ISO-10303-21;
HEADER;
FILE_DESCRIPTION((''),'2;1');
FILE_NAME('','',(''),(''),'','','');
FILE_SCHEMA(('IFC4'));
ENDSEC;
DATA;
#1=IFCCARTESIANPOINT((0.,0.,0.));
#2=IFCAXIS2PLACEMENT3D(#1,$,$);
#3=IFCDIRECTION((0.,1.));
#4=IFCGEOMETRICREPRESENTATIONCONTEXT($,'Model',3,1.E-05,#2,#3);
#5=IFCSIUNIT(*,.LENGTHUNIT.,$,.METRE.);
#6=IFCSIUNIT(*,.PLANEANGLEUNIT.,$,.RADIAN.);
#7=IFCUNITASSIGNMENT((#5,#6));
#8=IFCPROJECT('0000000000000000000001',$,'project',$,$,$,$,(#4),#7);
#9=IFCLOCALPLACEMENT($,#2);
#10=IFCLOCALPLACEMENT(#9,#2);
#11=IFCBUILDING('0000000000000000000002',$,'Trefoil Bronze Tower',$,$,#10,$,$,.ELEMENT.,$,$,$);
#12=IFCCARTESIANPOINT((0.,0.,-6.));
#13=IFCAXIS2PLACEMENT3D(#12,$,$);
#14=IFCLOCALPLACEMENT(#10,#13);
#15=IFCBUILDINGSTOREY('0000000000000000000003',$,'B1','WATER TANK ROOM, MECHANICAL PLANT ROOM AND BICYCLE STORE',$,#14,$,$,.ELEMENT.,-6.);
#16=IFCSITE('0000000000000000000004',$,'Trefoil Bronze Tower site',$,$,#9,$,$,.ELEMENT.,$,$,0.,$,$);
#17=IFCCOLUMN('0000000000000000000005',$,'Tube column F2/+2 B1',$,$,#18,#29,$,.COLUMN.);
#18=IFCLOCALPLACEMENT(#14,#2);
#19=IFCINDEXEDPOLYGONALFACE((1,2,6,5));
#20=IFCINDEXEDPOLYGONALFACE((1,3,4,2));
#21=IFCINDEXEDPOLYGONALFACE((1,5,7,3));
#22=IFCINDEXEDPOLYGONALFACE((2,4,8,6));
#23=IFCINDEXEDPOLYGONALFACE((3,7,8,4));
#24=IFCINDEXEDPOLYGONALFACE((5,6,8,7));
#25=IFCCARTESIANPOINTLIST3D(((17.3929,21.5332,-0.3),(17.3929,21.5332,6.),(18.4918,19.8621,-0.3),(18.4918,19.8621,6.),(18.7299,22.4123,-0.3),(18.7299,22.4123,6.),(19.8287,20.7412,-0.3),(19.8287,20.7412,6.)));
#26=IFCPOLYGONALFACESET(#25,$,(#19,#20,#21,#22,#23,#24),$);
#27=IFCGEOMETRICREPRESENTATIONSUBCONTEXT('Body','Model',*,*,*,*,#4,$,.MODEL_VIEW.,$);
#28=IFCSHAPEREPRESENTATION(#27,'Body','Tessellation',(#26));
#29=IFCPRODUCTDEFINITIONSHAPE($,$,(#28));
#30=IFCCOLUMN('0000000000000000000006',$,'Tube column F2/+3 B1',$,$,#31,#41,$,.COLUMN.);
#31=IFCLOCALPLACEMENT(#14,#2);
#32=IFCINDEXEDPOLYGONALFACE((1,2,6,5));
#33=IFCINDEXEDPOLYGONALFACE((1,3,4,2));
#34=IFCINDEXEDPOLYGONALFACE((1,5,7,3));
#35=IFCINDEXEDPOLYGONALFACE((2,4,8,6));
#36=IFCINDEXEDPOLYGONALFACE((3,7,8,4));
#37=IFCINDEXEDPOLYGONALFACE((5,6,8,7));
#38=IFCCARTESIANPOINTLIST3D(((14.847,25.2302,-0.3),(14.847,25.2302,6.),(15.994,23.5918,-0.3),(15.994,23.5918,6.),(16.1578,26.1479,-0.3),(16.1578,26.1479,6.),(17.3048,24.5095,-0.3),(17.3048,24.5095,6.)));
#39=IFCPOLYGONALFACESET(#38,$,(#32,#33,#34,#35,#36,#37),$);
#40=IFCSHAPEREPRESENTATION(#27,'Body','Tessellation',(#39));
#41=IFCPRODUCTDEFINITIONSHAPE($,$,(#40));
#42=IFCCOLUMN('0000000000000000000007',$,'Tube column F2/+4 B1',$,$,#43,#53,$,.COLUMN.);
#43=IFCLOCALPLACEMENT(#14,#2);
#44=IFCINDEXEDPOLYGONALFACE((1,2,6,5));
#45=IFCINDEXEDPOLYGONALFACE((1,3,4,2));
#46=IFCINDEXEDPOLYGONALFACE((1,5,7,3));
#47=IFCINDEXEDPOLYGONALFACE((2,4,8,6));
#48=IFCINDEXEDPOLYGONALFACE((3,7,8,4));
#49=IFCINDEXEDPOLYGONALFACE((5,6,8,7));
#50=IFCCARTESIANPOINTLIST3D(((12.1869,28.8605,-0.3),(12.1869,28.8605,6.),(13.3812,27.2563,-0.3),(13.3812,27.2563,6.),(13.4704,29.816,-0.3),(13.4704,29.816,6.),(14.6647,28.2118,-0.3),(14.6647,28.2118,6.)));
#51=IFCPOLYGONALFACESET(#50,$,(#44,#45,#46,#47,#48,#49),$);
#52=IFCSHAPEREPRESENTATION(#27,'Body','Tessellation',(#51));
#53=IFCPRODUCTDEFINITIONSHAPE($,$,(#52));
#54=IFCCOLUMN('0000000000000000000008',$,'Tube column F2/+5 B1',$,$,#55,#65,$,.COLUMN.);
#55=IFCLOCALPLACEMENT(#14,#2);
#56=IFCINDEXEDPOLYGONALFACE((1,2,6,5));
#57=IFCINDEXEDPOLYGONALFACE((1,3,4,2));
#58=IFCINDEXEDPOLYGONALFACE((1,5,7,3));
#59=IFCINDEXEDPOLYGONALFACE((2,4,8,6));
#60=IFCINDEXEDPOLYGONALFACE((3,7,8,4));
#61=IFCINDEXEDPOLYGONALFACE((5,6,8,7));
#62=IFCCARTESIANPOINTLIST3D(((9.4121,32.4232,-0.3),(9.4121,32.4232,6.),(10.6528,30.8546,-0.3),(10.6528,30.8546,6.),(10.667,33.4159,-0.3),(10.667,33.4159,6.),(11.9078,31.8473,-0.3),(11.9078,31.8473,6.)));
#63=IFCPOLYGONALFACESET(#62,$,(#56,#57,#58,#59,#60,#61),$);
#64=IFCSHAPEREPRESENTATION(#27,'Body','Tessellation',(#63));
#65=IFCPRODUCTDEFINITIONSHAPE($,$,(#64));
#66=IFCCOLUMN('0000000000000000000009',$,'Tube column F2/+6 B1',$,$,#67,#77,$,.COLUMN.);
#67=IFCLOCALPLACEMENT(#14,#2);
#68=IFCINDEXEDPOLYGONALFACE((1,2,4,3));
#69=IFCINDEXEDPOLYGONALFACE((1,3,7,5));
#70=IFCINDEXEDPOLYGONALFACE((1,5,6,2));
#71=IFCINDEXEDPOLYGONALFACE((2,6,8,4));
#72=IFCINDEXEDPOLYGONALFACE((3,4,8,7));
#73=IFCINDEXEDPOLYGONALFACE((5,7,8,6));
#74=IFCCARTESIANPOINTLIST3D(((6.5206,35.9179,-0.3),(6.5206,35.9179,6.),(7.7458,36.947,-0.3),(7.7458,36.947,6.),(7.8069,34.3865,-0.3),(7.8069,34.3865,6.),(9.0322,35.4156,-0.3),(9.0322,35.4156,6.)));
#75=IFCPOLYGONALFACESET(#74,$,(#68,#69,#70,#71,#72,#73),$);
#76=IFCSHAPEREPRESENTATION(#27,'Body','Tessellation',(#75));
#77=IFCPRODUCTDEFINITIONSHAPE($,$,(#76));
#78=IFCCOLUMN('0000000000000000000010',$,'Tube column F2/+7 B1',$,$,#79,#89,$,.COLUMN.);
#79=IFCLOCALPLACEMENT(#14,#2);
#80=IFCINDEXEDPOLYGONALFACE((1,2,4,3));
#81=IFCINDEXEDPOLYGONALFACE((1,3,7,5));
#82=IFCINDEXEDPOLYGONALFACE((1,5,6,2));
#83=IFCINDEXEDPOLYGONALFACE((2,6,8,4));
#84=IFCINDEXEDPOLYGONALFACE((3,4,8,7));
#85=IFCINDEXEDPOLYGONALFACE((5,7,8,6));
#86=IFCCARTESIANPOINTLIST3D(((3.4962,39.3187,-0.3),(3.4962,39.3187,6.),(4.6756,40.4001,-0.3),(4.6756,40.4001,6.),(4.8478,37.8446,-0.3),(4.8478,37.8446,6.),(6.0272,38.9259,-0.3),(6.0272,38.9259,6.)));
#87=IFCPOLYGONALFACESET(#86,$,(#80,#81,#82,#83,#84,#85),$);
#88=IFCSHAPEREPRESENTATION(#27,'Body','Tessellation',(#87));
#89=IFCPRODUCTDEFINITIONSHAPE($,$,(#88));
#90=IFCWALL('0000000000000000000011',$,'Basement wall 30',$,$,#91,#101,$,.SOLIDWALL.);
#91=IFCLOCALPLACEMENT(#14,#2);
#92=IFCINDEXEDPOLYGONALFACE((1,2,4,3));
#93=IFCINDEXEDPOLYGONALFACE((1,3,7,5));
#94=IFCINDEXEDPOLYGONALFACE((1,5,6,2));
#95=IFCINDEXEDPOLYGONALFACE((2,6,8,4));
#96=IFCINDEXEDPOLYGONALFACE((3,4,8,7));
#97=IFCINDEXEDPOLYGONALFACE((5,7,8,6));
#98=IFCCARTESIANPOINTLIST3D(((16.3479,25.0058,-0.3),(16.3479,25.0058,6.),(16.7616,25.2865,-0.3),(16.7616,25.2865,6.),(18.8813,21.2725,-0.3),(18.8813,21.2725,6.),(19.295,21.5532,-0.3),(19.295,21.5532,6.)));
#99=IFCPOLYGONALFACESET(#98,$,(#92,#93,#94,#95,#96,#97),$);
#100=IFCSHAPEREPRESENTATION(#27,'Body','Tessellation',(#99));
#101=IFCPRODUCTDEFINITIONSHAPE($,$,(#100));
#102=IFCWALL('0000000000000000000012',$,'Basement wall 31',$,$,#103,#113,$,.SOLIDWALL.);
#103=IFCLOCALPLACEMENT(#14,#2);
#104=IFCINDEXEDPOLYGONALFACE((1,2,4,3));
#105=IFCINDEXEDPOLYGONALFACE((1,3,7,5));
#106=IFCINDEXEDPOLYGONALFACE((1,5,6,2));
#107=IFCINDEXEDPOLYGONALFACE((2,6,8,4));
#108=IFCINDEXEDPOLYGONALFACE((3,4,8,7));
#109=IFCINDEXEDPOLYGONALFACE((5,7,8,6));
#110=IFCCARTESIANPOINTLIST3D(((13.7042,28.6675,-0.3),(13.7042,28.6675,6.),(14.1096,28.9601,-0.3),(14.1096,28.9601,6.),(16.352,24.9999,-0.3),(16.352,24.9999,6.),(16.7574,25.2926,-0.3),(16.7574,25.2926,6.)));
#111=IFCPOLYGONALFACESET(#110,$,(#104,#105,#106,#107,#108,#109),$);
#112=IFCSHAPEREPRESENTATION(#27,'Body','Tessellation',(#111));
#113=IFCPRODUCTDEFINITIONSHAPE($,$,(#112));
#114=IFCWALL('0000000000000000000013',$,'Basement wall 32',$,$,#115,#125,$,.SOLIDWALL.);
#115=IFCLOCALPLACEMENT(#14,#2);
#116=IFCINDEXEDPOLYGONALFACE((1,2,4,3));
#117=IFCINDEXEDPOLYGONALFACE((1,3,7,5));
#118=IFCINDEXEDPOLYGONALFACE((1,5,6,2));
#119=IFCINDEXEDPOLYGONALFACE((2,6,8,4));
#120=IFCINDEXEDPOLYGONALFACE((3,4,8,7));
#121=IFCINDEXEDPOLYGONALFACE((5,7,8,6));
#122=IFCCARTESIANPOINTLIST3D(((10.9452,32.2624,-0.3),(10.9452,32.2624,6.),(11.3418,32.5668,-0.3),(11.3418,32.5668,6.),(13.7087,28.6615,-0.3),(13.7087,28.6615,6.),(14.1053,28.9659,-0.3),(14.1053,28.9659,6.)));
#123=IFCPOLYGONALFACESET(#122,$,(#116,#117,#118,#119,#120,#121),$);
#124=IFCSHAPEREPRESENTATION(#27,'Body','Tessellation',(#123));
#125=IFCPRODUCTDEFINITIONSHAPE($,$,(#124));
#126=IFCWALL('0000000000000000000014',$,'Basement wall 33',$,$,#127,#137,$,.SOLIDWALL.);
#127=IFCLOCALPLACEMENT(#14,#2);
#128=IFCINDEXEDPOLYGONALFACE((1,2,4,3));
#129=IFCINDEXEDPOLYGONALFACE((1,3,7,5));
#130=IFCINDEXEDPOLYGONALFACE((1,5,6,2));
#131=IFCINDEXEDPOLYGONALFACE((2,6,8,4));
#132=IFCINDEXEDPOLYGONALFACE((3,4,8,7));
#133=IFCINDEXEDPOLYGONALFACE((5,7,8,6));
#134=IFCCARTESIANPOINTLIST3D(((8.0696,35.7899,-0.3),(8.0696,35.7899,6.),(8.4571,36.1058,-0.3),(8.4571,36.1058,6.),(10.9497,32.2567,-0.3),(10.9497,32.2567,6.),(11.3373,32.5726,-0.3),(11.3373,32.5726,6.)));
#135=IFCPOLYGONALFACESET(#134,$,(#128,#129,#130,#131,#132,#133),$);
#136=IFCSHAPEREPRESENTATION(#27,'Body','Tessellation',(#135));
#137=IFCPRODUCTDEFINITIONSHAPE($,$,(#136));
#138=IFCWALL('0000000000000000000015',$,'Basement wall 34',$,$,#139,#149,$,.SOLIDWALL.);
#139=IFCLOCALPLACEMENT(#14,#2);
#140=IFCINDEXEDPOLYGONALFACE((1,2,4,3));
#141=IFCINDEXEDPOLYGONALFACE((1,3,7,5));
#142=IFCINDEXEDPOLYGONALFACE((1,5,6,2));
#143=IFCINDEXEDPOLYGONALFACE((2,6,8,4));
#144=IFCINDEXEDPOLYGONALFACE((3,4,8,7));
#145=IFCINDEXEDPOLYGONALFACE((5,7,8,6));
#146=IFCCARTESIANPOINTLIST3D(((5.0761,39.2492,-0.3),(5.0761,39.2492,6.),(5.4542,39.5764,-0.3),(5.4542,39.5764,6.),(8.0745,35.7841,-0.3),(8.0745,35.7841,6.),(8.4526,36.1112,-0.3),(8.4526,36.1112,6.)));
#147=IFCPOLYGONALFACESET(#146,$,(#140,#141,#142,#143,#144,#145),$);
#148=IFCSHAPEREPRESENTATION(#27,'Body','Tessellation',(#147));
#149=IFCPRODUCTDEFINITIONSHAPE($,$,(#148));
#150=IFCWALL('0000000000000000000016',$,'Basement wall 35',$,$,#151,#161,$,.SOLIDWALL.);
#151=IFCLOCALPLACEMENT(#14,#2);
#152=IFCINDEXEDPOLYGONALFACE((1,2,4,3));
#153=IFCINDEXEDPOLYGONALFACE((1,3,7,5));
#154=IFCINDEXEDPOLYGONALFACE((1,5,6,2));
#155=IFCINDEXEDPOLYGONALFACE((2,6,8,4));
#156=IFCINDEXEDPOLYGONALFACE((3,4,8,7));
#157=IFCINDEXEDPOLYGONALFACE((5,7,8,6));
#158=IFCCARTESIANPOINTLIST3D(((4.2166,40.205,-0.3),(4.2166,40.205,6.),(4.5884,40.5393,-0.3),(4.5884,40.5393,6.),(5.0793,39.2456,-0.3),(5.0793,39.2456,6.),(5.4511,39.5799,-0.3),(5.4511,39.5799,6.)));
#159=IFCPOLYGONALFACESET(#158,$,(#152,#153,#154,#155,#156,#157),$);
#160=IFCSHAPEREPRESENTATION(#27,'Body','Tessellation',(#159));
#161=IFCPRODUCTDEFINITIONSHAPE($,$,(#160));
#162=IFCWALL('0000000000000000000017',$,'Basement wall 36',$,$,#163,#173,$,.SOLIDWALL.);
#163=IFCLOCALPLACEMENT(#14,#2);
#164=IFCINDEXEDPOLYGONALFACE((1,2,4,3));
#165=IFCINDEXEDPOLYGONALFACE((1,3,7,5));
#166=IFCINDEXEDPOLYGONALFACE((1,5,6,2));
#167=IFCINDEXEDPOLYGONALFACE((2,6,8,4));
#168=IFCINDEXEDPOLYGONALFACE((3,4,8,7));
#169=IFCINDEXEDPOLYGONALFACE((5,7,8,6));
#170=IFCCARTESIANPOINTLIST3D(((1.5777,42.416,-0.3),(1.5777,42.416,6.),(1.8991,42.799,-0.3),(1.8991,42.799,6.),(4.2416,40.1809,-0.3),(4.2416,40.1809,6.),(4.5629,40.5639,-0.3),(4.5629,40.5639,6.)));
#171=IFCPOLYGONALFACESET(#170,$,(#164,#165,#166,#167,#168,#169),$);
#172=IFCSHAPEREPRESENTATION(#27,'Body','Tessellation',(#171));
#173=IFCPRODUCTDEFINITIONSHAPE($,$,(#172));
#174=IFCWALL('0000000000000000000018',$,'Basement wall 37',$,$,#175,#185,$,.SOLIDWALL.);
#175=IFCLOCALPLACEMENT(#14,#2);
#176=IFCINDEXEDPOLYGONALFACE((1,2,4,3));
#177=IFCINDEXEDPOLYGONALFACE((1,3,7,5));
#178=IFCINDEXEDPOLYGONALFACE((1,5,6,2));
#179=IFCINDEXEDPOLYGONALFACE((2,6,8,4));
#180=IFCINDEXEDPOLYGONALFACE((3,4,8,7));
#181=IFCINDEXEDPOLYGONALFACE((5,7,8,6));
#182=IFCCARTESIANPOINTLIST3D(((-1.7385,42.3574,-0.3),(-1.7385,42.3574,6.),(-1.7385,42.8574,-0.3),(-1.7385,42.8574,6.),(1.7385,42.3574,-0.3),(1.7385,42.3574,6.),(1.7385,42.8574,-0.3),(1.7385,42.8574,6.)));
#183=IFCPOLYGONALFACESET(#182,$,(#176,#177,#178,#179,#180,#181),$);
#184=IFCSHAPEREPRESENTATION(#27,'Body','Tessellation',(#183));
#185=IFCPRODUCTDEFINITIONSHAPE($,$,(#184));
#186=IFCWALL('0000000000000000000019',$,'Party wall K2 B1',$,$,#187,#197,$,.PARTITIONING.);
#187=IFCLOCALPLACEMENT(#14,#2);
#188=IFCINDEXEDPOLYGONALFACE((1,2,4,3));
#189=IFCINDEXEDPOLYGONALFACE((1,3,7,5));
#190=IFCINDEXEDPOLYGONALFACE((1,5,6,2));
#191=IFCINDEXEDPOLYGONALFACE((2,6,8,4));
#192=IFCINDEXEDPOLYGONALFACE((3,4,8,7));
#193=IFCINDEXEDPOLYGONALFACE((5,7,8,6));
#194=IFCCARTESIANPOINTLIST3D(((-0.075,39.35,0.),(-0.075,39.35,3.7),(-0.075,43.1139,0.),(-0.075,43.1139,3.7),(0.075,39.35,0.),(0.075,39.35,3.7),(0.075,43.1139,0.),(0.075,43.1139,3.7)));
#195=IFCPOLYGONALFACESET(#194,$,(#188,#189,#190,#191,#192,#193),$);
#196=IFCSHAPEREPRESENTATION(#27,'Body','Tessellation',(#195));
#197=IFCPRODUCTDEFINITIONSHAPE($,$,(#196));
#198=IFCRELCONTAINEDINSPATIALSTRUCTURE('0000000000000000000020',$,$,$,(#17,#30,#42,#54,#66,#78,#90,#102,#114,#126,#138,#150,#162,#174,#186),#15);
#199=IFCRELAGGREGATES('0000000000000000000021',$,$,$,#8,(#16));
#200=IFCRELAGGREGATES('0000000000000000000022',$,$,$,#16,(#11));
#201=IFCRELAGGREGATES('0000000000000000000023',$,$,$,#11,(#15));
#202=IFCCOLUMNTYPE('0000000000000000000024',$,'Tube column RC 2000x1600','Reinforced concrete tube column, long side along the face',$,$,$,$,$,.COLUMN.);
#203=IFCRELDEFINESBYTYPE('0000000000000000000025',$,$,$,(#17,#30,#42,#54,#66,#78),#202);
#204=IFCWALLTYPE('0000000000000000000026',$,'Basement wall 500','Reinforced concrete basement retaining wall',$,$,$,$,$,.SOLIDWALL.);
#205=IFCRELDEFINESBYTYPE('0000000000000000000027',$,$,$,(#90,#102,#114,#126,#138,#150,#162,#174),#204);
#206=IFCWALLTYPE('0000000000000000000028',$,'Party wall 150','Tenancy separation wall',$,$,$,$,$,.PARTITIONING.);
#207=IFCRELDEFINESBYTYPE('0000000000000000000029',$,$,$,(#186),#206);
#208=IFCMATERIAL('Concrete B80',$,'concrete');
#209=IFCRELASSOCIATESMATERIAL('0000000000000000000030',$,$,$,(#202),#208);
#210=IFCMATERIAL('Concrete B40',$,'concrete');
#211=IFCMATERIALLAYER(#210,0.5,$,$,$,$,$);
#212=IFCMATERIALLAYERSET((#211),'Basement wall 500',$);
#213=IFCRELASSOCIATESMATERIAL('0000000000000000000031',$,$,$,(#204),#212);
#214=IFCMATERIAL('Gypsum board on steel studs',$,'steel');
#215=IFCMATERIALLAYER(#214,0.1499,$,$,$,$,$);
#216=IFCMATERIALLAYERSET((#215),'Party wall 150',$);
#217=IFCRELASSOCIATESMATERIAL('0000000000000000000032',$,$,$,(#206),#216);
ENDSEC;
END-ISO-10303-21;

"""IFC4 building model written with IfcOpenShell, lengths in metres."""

from ifc_helpers import new_model, si_unit, direction, frame, frame_2d, origin, origin_2d, place, context, subcontext, project, spatial, rectangle, extrude, material, layer, layer_set, material_profile, profile_set, type_object, element, save


model = new_model("IFC4")

# Units and contexts
model_context = context("Model", 3, precision=1e-05, world=origin(), true_north=direction((0.0, 1.0)))
body_context = subcontext(model_context, "Body", "Model", "MODEL_VIEW")
ifc_project = project(units=[si_unit("LENGTHUNIT", "METRE"), si_unit("PLANEANGLEUNIT", "RADIAN")], contexts=[model_context])

# Site, building, storey
site_placement = place(None, origin())
site = spatial("IfcSite", under=ifc_project, at=site_placement, Name="Trefoil Bronze Tower site", CompositionType="ELEMENT", RefElevation=0.0)
building_placement = place(site_placement, origin())
building = spatial("IfcBuilding", under=site, at=building_placement, Name="Trefoil Bronze Tower", CompositionType="ELEMENT")
storey_placement = place(building_placement, frame((0.0, 0.0, -6.0)))
storey = spatial("IfcBuildingStorey", under=building, at=storey_placement, Name="B1", Description="WATER TANK ROOM, MECHANICAL PLANT ROOM AND BICYCLE STORE", CompositionType="ELEMENT", Elevation=-6.0)

# Columns
ifc_material_1 = material(Name="Concrete B80", Category="concrete")
ifc_material_profile = material_profile(ifc_material_1, rectangle(XDim=2.0, YDim=1.6001, at=origin_2d()), Name="RC 2000x1600")
ifc_profile_set = profile_set([ifc_material_profile], Name="Concrete B80")
column_type = type_object("IfcColumnType", Name="Tube column RC 2000x1600", Description="Reinforced concrete tube column, long side along the face", PredefinedType="COLUMN", material=ifc_profile_set)
for number, where, z_axis, x_axis, name in (
    (1, (18.6108, 21.1372, -0.3), (0.0, 0.0, 1.0), (-0.549424, 0.835544, 0.0), "Tube column F2/+2 B1"),
    (2, (16.0759, 24.8699, -0.3), (0.0, 0.0, 1.0), (-0.573502, 0.819204, 0.0), "Tube column F2/+3 B1"),
    (3, (13.4258, 28.5361, -0.3), (0.0, 0.0, 1.0), (-0.597154, 0.802127, 0.0), "Tube column F2/+4 B1"),
    (4, (10.6599, 32.1353, -0.3), (0.0, 0.0, 1.0), (-0.620376, 0.784305, 0.0), "Tube column F2/+5 B1"),
    (5, (7.7764, 35.6667, -0.3), (0.0, 0.0, 1.0), (-0.643163, 0.765729, 0.0), "Tube column F2/+6 B1"),
    (6, (4.7617, 39.1223, -0.3), (0.0, 0.0, 1.0), (-0.675816, 0.73707, 0.0), "Tube column F2/+7 B1"),
):
    element("IfcColumn", number, at=place(storey_placement, frame(where, z_axis=z_axis, x_axis=x_axis)), inside=storey, type_object=column_type, Name=name, PredefinedType="COLUMN", context=body_context, shape_type="SweptSolid", body=[
        extrude(rectangle(XDim=2.0, YDim=1.6001, at=origin_2d()), origin(), (0.0, 0.0, 1.0), 6.3),
    ])

# Walls
ifc_material_2 = material(Name="Concrete B40", Category="concrete")
ifc_layer_1 = layer(ifc_material_2, 0.5)
ifc_layer_set_1 = layer_set([ifc_layer_1], Name="Basement wall 500")
wall_type_1 = type_object("IfcWallType", Name="Basement wall 500", Description="Reinforced concrete basement retaining wall", PredefinedType="SOLIDWALL", material=ifc_layer_set_1)
wall_1_placement = place(storey_placement, frame((19.0881, 21.4128, -0.3), z_axis=(0.0, 0.0, 1.0), x_axis=(-0.561512, 0.827469, 0.0)))
element("IfcWall", 7, at=wall_1_placement, inside=storey, type_object=wall_type_1, Name="Basement wall 30", PredefinedType="SOLIDWALL", context=body_context, shape_type="SweptSolid", body=[
    extrude(rectangle(XDim=4.5117, YDim=0.5, at=frame_2d((2.2559, 0.0))), origin(), (0.0, 0.0, 1.0), 6.3),
])
wall_2_placement = place(storey_placement, frame((16.5547, 25.1462, -0.3), z_axis=(0.0, 0.0, 1.0), x_axis=(-0.585341, 0.810787, 0.0)))
element("IfcWall", 8, at=wall_2_placement, inside=storey, type_object=wall_type_1, Name="Basement wall 31", PredefinedType="SOLIDWALL", context=body_context, shape_type="SweptSolid", body=[
    extrude(rectangle(XDim=4.5234, YDim=0.5, at=frame_2d((2.2617, 0.0))), origin(), (0.0, 0.0, 1.0), 6.3),
])
wall_3_placement = place(storey_placement, frame((13.907, 28.8137, -0.3), z_axis=(0.0, 0.0, 1.0), x_axis=(-0.608819, 0.793309, 0.0)))
element("IfcWall", 9, at=wall_3_placement, inside=storey, type_object=wall_type_1, Name="Basement wall 32", PredefinedType="SOLIDWALL", context=body_context, shape_type="SweptSolid", body=[
    extrude(rectangle(XDim=4.5391, YDim=0.5, at=frame_2d((2.2695, 0.0))), origin(), (0.0, 0.0, 1.0), 6.3),
])
wall_4_placement = place(storey_placement, frame((11.1436, 32.4146, -0.3), z_axis=(0.0, 0.0, 1.0), x_axis=(-0.631834, 0.775104, 0.0)))
element("IfcWall", 10, at=wall_4_placement, inside=storey, type_object=wall_type_1, Name="Basement wall 33", PredefinedType="SOLIDWALL", context=body_context, shape_type="SweptSolid", body=[
    extrude(rectangle(XDim=4.5583, YDim=0.5, at=frame_2d((2.2793, 0.0))), origin(), (0.0, 0.0, 1.0), 6.3),
])
wall_5_placement = place(storey_placement, frame((8.2634, 35.9478, -0.3), z_axis=(0.0, 0.0, 1.0), x_axis=(-0.654334, 0.756206, 0.0)))
element("IfcWall", 11, at=wall_5_placement, inside=storey, type_object=wall_type_1, Name="Basement wall 34", PredefinedType="SOLIDWALL", context=body_context, shape_type="SweptSolid", body=[
    extrude(rectangle(XDim=4.5823, YDim=0.5, at=frame_2d((2.291, 0.0))), origin(), (0.0, 0.0, 1.0), 6.3),
])
wall_6_placement = place(storey_placement, frame((5.2651, 39.4128, -0.3), z_axis=(0.0, 0.0, 1.0), x_axis=(-0.668651, 0.743576, 0.0)))
element("IfcWall", 12, at=wall_6_placement, inside=storey, type_object=wall_type_1, Name="Basement wall 35", PredefinedType="SOLIDWALL", context=body_context, shape_type="SweptSolid", body=[
    extrude(rectangle(XDim=1.2903, YDim=0.5, at=frame_2d((0.645, 0.0))), origin(), (0.0, 0.0, 1.0), 6.3),
])
wall_7_placement = place(storey_placement, frame((4.4023, 40.3723, -0.3), z_axis=(0.0, 0.0, 1.0), x_axis=(-0.766059, 0.64277, 0.0)))
element("IfcWall", 13, at=wall_7_placement, inside=storey, type_object=wall_type_1, Name="Basement wall 36", PredefinedType="SOLIDWALL", context=body_context, shape_type="SweptSolid", body=[
    extrude(rectangle(XDim=3.4773, YDim=0.5, at=frame_2d((1.7388, 0.0))), origin(), (0.0, 0.0, 1.0), 6.3),
])
wall_8_placement = place(storey_placement, frame((1.7385, 42.6074, -0.3), z_axis=(0.0, 0.0, 1.0), x_axis=(-1.0, 0.0, 0.0)))
element("IfcWall", 14, at=wall_8_placement, inside=storey, type_object=wall_type_1, Name="Basement wall 37", PredefinedType="SOLIDWALL", context=body_context, shape_type="SweptSolid", body=[
    extrude(rectangle(XDim=3.4771, YDim=0.5, at=frame_2d((1.7385, 0.0))), origin(), (0.0, 0.0, 1.0), 6.3),
])
ifc_material_3 = material(Name="Gypsum board on steel studs", Category="steel")
ifc_layer_2 = layer(ifc_material_3, 0.1499)
ifc_layer_set_2 = layer_set([ifc_layer_2], Name="Party wall 150")
wall_type_2 = type_object("IfcWallType", Name="Party wall 150", Description="Tenancy separation wall", PredefinedType="PARTITIONING", material=ifc_layer_set_2)
wall_9_placement = place(storey_placement, frame((0.0, 39.3501, 0.0), z_axis=(0.0, 0.0, 1.0), x_axis=(0.0, 1.0, 0.0)))
element("IfcWall", 15, at=wall_9_placement, inside=storey, type_object=wall_type_2, Name="Party wall K2 B1", PredefinedType="PARTITIONING", context=body_context, shape_type="SweptSolid", body=[
    extrude(rectangle(XDim=3.7639, YDim=0.1499, at=frame_2d((1.8818, 0.0))), origin(), (0.0, 0.0, 1.0), 3.7),
])

save(model, "model.ifc")
